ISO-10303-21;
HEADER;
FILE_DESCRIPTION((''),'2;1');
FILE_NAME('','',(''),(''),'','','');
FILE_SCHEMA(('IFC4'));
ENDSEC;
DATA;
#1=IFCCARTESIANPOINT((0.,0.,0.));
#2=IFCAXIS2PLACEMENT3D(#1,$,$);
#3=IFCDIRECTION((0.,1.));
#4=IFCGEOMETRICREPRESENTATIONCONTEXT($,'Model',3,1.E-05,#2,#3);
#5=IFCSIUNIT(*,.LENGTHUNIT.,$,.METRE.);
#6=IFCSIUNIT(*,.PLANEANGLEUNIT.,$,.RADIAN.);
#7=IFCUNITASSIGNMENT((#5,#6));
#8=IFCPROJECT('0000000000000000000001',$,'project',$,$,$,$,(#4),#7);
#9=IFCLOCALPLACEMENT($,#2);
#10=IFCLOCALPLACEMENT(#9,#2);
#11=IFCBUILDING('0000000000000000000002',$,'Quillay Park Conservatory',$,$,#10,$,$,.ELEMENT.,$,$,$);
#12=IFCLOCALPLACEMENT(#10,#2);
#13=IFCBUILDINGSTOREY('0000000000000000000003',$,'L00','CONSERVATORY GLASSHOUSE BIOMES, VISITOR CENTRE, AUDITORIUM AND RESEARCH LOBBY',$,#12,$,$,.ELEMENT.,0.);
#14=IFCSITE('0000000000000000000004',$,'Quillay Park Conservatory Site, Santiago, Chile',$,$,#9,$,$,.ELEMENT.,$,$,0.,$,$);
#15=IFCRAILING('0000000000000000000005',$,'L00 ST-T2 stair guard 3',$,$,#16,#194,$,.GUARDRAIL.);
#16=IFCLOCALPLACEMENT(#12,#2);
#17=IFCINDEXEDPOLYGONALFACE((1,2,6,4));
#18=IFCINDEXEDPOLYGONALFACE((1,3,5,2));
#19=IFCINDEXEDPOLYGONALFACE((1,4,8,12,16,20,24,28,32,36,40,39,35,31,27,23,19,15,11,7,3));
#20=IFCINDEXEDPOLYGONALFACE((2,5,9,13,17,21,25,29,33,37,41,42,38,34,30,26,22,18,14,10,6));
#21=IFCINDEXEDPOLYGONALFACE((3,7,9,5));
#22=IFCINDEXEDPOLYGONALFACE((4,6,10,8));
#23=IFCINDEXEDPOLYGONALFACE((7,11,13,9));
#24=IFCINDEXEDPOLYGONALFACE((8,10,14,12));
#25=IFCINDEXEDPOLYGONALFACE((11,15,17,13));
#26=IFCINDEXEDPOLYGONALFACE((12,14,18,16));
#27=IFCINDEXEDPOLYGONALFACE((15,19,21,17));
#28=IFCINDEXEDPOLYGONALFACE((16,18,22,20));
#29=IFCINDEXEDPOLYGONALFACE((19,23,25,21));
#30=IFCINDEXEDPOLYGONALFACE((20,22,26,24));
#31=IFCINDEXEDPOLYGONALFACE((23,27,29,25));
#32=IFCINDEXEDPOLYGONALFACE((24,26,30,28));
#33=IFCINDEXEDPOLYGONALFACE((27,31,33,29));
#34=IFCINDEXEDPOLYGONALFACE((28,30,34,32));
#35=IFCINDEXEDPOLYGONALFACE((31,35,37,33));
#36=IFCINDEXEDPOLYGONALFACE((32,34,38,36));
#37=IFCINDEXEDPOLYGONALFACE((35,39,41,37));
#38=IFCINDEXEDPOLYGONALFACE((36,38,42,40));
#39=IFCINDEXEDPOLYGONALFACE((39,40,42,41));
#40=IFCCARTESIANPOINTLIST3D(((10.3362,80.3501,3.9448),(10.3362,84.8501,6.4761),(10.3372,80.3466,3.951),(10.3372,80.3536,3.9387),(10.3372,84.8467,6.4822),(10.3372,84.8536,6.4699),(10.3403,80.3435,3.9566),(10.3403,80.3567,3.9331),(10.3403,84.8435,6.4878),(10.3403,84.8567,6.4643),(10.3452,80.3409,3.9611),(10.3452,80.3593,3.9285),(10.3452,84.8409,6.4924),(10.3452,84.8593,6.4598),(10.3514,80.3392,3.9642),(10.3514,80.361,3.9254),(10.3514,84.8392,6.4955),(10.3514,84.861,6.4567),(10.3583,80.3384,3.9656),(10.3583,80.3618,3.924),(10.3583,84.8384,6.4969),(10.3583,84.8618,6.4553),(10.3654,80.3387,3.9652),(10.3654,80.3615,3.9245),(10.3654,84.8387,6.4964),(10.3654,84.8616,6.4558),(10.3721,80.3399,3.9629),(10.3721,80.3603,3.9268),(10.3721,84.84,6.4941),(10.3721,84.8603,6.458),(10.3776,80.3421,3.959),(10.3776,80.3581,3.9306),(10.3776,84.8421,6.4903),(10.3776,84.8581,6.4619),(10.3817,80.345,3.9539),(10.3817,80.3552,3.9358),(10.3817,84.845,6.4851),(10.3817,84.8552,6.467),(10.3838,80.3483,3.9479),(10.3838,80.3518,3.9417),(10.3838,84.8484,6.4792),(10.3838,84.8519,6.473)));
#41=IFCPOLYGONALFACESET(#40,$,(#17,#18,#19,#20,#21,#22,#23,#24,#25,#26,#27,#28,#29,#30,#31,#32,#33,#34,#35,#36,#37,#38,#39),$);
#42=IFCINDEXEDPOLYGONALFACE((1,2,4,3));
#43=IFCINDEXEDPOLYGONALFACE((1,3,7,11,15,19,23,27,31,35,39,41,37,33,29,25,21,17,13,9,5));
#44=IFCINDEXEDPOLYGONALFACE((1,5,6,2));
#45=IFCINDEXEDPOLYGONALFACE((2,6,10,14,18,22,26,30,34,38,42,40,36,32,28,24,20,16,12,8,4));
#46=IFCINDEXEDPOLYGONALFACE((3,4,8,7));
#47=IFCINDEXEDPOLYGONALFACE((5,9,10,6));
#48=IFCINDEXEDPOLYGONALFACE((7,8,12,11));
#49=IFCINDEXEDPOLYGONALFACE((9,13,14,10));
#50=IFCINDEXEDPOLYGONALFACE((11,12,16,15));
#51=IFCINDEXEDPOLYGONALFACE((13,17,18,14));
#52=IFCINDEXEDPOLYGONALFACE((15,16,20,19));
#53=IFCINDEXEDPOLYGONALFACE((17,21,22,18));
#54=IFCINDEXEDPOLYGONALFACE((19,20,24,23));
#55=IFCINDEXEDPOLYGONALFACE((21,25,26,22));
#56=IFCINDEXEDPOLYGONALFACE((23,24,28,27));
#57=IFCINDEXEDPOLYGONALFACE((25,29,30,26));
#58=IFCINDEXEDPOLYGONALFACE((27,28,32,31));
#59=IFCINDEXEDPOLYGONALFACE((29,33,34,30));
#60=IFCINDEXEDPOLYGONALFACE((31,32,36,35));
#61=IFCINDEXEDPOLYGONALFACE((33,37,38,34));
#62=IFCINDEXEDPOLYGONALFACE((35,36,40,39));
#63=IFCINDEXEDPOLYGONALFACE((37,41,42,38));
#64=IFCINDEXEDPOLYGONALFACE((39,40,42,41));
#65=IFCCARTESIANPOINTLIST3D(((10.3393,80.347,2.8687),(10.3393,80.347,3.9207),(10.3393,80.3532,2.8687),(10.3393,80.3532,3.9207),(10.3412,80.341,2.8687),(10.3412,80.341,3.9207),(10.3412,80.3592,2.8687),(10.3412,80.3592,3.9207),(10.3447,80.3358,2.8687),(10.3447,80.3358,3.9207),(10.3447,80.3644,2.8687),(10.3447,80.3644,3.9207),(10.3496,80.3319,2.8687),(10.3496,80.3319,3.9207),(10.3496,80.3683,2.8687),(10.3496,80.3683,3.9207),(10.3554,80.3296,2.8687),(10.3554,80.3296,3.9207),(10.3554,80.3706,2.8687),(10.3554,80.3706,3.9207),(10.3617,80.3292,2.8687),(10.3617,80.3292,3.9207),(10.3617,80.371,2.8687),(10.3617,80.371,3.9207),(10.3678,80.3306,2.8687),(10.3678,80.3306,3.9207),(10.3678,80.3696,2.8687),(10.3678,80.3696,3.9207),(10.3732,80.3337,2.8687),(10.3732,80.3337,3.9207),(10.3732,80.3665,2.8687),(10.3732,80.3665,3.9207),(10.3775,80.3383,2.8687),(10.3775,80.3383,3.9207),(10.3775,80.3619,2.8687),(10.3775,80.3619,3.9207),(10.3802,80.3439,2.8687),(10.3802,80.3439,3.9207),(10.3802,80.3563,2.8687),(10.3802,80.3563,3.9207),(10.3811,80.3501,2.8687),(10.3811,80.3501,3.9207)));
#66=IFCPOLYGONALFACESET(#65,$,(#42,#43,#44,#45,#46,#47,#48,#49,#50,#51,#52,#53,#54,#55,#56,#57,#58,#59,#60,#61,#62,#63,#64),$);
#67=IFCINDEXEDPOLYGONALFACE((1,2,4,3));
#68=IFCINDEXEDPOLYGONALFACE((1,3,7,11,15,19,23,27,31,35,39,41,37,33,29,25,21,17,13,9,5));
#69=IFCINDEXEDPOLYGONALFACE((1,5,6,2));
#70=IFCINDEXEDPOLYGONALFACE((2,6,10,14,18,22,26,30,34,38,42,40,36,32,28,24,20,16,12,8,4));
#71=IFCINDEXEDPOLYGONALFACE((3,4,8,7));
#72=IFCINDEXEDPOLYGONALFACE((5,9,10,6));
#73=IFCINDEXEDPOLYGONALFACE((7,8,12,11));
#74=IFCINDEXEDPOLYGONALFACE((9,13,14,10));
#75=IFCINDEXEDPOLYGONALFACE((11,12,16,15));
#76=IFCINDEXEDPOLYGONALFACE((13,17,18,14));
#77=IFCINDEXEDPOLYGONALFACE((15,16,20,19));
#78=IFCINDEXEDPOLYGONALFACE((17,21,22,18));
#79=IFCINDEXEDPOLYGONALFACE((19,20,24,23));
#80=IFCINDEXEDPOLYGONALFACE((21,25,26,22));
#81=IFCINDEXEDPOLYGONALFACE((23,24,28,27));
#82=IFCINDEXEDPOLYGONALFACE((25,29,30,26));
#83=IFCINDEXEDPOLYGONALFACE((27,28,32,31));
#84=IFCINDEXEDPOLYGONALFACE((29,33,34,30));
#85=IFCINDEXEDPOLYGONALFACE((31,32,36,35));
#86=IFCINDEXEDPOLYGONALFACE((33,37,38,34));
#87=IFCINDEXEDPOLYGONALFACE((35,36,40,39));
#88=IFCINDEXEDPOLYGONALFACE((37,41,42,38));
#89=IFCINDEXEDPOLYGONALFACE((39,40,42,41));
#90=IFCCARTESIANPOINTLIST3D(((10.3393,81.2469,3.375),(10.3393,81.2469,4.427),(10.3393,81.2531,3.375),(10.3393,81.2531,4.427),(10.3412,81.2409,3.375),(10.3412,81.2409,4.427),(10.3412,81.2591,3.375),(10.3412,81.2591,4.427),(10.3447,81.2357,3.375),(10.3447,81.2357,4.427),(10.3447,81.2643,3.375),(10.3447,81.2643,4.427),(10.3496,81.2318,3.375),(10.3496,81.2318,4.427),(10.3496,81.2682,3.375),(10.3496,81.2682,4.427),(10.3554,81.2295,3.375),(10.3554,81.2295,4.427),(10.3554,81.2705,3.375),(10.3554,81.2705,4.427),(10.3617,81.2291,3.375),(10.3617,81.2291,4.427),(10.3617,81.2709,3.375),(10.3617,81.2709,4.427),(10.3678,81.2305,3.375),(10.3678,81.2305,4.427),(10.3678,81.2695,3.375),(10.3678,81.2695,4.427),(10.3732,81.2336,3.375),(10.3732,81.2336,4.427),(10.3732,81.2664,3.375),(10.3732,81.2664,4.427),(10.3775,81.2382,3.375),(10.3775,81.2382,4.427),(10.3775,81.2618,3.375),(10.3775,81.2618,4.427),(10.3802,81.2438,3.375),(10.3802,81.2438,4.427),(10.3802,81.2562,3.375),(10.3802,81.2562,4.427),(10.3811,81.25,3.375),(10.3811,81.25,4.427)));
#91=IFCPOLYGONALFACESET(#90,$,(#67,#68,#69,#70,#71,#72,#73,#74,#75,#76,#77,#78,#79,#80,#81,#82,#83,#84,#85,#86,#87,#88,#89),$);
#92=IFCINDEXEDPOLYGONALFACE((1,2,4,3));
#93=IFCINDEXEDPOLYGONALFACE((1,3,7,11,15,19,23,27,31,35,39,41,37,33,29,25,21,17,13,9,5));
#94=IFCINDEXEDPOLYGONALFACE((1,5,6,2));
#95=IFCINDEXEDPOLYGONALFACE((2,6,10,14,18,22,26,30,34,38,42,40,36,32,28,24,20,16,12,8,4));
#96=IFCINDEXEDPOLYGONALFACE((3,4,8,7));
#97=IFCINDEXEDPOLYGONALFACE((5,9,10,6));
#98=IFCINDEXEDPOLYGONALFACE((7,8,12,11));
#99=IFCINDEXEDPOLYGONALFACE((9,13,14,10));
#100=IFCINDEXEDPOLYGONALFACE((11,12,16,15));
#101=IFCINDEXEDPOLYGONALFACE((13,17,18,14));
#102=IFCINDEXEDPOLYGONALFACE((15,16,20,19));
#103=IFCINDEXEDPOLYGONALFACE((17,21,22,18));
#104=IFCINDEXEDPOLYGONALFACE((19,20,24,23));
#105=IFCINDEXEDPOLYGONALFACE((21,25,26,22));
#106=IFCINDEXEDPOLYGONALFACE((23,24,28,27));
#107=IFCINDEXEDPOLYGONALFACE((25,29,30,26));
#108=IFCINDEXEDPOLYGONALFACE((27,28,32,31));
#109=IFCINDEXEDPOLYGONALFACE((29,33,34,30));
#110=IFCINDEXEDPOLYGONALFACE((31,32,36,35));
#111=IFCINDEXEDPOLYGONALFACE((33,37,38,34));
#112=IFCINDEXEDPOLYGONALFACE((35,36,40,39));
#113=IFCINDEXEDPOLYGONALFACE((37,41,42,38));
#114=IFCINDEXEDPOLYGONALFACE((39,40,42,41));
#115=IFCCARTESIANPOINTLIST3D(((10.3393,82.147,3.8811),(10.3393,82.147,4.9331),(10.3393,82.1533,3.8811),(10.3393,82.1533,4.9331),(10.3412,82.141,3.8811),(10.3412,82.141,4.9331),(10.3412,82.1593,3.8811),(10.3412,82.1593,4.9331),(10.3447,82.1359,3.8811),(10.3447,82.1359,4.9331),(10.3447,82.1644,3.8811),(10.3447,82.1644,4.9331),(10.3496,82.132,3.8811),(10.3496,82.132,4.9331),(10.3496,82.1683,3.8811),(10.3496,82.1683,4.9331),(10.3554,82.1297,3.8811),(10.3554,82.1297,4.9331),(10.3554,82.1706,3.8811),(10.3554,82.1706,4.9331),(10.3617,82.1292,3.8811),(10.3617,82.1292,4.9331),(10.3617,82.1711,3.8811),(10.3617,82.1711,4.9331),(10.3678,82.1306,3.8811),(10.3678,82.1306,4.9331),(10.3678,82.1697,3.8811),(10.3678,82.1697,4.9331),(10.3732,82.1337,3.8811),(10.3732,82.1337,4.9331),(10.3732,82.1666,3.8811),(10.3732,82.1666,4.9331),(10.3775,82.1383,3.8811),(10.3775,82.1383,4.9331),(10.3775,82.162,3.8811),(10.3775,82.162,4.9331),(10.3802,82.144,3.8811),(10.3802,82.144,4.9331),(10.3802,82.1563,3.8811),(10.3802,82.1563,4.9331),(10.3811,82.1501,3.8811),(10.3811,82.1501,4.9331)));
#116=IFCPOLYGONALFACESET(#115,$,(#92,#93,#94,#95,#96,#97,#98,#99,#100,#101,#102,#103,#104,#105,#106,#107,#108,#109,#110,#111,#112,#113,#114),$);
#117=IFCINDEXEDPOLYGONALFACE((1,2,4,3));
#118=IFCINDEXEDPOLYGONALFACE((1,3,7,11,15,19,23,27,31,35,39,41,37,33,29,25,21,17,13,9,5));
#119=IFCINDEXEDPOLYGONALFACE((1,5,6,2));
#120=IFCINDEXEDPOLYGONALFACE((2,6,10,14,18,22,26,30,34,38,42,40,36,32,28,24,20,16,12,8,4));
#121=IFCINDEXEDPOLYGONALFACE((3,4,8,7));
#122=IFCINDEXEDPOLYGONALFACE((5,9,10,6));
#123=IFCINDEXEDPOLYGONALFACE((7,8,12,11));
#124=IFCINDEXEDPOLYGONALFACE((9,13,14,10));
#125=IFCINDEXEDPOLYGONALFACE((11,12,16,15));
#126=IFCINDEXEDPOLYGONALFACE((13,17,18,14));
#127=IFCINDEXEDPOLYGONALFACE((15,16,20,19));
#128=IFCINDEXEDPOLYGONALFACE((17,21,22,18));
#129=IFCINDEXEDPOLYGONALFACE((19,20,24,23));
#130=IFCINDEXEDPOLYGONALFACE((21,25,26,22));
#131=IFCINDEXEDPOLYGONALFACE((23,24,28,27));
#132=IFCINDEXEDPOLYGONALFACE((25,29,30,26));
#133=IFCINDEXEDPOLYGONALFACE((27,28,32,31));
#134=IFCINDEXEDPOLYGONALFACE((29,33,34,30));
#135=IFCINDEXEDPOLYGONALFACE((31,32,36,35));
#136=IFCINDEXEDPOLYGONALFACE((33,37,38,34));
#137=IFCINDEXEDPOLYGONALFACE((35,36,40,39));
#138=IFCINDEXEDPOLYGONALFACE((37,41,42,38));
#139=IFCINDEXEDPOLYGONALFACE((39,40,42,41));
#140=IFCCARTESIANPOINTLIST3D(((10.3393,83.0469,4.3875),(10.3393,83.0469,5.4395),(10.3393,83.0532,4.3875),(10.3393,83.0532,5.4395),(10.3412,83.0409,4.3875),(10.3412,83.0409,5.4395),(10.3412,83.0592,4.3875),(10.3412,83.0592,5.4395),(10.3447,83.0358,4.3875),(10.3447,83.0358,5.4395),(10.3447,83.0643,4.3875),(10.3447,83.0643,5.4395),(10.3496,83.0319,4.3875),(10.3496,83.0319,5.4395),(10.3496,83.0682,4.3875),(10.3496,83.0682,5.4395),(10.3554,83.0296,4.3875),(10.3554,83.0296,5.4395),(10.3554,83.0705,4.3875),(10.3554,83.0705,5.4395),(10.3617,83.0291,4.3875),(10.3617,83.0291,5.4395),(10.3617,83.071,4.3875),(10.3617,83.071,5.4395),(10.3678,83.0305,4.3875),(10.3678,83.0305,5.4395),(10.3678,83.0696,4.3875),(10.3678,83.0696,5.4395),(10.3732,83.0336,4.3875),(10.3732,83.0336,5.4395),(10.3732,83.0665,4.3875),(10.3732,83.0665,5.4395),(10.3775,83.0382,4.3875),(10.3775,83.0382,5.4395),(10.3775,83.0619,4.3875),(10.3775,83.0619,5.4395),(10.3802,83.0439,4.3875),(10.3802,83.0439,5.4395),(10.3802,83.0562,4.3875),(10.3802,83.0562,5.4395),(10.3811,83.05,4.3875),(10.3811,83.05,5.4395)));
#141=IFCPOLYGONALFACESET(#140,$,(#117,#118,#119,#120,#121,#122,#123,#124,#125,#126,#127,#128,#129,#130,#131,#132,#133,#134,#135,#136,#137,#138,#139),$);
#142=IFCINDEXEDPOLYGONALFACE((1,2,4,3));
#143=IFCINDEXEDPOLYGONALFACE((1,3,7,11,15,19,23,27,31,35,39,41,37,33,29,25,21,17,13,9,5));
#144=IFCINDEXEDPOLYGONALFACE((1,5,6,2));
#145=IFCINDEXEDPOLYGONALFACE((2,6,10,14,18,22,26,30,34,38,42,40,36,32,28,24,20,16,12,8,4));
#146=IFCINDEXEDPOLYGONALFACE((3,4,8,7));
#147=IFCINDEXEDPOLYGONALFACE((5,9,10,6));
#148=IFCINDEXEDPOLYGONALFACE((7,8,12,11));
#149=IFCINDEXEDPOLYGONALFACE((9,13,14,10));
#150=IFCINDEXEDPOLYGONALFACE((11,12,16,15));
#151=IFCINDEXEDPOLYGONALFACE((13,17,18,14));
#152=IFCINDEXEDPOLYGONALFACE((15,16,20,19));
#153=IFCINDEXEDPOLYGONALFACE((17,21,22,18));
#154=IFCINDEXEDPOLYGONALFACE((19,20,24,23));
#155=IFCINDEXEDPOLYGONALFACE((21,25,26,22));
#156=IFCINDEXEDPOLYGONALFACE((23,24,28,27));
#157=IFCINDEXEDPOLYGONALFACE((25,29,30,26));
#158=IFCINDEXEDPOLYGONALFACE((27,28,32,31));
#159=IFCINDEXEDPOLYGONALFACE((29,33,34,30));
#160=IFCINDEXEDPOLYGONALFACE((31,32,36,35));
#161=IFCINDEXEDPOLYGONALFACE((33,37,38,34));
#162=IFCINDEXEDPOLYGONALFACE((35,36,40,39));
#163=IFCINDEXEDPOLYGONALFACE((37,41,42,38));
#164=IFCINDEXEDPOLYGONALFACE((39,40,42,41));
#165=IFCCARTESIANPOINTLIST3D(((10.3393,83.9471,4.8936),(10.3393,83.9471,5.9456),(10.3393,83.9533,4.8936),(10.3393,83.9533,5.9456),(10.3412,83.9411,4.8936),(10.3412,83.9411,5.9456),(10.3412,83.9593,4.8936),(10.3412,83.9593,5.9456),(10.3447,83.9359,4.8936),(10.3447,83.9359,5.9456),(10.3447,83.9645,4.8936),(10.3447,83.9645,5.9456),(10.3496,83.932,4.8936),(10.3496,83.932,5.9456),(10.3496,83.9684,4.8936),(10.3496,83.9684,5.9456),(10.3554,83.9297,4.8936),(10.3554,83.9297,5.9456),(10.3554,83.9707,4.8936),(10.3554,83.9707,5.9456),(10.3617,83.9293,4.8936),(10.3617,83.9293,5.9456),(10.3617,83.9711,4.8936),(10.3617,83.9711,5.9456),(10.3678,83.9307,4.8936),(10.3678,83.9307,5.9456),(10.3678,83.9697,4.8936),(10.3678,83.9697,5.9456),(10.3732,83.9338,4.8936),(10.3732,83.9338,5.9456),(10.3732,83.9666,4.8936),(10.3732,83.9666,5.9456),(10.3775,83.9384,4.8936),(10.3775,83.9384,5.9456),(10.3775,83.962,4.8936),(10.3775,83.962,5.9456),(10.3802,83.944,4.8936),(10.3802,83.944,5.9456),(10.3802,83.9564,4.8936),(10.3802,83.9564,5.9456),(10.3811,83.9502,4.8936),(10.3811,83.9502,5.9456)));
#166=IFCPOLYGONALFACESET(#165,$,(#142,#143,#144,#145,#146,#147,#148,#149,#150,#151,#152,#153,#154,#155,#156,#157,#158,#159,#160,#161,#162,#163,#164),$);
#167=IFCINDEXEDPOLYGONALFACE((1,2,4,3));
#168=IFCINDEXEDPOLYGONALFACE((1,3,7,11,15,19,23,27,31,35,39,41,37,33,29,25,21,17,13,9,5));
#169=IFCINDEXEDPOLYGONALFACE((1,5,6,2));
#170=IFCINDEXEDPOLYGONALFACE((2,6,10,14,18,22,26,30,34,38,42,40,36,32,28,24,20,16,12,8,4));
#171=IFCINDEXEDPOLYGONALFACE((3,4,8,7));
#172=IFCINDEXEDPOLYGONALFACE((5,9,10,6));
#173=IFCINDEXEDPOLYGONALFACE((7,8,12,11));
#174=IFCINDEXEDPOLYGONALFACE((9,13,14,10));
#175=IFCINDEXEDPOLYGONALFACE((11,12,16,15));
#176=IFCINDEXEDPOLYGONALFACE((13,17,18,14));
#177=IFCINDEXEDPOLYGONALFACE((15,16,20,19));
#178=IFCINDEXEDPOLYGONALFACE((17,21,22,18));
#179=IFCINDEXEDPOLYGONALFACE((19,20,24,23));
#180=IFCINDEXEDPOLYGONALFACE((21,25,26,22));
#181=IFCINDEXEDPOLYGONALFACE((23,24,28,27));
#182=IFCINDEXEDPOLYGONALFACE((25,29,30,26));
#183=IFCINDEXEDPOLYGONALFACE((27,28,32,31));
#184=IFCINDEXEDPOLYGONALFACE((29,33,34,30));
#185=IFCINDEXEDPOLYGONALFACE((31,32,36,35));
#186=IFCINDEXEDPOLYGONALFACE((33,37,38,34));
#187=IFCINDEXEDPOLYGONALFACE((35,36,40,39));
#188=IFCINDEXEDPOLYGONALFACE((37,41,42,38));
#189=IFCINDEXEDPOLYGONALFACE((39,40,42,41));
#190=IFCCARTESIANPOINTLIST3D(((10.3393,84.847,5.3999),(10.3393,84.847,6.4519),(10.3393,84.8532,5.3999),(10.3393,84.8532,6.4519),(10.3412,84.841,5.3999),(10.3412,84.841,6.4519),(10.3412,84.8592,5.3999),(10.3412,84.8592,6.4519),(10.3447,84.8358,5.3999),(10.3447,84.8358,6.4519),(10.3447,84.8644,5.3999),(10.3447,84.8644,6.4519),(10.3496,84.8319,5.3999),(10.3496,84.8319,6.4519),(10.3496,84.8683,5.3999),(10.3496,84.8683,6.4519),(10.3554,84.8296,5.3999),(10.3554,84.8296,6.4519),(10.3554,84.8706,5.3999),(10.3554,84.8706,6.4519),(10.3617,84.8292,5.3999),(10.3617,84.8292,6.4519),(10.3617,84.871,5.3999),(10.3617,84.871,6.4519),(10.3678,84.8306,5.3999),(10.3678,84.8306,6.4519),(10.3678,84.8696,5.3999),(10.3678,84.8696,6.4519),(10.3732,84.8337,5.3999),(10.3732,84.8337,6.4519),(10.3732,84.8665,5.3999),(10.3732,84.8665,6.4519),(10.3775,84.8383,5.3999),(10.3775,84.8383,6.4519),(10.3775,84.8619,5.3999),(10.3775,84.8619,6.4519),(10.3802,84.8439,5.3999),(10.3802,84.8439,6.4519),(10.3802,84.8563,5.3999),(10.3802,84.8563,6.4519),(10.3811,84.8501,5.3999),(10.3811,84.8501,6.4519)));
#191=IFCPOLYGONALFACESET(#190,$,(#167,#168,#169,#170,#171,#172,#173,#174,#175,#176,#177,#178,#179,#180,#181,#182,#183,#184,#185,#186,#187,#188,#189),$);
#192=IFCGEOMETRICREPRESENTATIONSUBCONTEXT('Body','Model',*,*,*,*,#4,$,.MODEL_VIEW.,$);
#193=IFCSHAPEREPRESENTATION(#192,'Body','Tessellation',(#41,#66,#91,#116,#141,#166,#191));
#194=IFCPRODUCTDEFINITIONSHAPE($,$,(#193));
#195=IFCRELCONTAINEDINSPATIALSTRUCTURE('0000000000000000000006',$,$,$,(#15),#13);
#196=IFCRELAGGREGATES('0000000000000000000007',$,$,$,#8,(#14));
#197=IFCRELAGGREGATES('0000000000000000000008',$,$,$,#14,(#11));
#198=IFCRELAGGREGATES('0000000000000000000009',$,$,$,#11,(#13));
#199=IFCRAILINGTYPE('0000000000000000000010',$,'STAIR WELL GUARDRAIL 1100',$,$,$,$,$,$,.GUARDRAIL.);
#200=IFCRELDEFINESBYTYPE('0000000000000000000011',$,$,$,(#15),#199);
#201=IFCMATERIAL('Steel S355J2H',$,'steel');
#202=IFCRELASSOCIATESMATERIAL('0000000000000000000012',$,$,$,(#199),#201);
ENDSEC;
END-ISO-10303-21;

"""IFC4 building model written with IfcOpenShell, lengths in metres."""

from ifc_helpers import new_model, si_unit, direction, frame, origin, origin_2d, place, context, subcontext, project, spatial, circle, extrude, material, type_object, element, save


model = new_model("IFC4")

# Units and contexts
model_context = context("Model", 3, precision=1e-05, world=origin(), true_north=direction((0.0, 1.0)))
body_context = subcontext(model_context, "Body", "Model", "MODEL_VIEW")
ifc_project = project(units=[si_unit("LENGTHUNIT", "METRE"), si_unit("PLANEANGLEUNIT", "RADIAN")], contexts=[model_context])

# Site, building, storey
site_placement = place(None, origin())
site = spatial("IfcSite", under=ifc_project, at=site_placement, Name="Quillay Park Conservatory Site, Santiago, Chile", CompositionType="ELEMENT", RefElevation=0.0)
building_placement = place(site_placement, origin())
building = spatial("IfcBuilding", under=site, at=building_placement, Name="Quillay Park Conservatory", CompositionType="ELEMENT")
storey_placement = place(building_placement, origin())
storey = spatial("IfcBuildingStorey", under=building, at=storey_placement, Name="L00", Description="CONSERVATORY GLASSHOUSE BIOMES, VISITOR CENTRE, AUDITORIUM AND RESEARCH LOBBY", CompositionType="ELEMENT", Elevation=0.0)

# Railing
ifc_material_1 = material(Name="Steel S355J2H", Category="steel")
railing_type_1 = type_object("IfcRailingType", Name="STAIR WELL GUARDRAIL 1100", PredefinedType="GUARDRAIL", material=ifc_material_1)
railing_1_placement = place(storey_placement, frame((10.3601, 80.3501, 2.8687)))
element("IfcRailing", 1, at=railing_1_placement, inside=storey, type_object=railing_type_1, Name="L00 ST-T2 stair guard 3", PredefinedType="GUARDRAIL", context=body_context, shape_type="SweptSolid", body=[
    extrude(circle(Radius=0.0239, at=origin_2d()), frame((0.0, 0.0, 1.0762), z_axis=(0.0, 0.871576, 0.490261), x_axis=(-1.0, 0.0, 0.0)), (0.0, 0.0, 1.0), 5.1631),
    extrude(circle(Radius=0.021, at=origin_2d()), origin(), (0.0, 0.0, 1.0), 1.052),
    extrude(circle(Radius=0.021, at=origin_2d()), frame((0.0, 0.8999, 0.5063)), (0.0, 0.0, 1.0), 1.052),
    extrude(circle(Radius=0.021, at=origin_2d()), frame((0.0, 1.8, 1.0125)), (0.0, 0.0, 1.0), 1.052),
    extrude(circle(Radius=0.021, at=origin_2d()), frame((0.0, 2.7, 1.5188)), (0.0, 0.0, 1.0), 1.052),
    extrude(circle(Radius=0.021, at=origin_2d()), frame((0.0, 3.6001, 2.0249)), (0.0, 0.0, 1.0), 1.052),
    extrude(circle(Radius=0.021, at=origin_2d()), frame((0.0, 4.5, 2.5312)), (0.0, 0.0, 1.0), 1.052),
])

save(model, "model.ifc")
